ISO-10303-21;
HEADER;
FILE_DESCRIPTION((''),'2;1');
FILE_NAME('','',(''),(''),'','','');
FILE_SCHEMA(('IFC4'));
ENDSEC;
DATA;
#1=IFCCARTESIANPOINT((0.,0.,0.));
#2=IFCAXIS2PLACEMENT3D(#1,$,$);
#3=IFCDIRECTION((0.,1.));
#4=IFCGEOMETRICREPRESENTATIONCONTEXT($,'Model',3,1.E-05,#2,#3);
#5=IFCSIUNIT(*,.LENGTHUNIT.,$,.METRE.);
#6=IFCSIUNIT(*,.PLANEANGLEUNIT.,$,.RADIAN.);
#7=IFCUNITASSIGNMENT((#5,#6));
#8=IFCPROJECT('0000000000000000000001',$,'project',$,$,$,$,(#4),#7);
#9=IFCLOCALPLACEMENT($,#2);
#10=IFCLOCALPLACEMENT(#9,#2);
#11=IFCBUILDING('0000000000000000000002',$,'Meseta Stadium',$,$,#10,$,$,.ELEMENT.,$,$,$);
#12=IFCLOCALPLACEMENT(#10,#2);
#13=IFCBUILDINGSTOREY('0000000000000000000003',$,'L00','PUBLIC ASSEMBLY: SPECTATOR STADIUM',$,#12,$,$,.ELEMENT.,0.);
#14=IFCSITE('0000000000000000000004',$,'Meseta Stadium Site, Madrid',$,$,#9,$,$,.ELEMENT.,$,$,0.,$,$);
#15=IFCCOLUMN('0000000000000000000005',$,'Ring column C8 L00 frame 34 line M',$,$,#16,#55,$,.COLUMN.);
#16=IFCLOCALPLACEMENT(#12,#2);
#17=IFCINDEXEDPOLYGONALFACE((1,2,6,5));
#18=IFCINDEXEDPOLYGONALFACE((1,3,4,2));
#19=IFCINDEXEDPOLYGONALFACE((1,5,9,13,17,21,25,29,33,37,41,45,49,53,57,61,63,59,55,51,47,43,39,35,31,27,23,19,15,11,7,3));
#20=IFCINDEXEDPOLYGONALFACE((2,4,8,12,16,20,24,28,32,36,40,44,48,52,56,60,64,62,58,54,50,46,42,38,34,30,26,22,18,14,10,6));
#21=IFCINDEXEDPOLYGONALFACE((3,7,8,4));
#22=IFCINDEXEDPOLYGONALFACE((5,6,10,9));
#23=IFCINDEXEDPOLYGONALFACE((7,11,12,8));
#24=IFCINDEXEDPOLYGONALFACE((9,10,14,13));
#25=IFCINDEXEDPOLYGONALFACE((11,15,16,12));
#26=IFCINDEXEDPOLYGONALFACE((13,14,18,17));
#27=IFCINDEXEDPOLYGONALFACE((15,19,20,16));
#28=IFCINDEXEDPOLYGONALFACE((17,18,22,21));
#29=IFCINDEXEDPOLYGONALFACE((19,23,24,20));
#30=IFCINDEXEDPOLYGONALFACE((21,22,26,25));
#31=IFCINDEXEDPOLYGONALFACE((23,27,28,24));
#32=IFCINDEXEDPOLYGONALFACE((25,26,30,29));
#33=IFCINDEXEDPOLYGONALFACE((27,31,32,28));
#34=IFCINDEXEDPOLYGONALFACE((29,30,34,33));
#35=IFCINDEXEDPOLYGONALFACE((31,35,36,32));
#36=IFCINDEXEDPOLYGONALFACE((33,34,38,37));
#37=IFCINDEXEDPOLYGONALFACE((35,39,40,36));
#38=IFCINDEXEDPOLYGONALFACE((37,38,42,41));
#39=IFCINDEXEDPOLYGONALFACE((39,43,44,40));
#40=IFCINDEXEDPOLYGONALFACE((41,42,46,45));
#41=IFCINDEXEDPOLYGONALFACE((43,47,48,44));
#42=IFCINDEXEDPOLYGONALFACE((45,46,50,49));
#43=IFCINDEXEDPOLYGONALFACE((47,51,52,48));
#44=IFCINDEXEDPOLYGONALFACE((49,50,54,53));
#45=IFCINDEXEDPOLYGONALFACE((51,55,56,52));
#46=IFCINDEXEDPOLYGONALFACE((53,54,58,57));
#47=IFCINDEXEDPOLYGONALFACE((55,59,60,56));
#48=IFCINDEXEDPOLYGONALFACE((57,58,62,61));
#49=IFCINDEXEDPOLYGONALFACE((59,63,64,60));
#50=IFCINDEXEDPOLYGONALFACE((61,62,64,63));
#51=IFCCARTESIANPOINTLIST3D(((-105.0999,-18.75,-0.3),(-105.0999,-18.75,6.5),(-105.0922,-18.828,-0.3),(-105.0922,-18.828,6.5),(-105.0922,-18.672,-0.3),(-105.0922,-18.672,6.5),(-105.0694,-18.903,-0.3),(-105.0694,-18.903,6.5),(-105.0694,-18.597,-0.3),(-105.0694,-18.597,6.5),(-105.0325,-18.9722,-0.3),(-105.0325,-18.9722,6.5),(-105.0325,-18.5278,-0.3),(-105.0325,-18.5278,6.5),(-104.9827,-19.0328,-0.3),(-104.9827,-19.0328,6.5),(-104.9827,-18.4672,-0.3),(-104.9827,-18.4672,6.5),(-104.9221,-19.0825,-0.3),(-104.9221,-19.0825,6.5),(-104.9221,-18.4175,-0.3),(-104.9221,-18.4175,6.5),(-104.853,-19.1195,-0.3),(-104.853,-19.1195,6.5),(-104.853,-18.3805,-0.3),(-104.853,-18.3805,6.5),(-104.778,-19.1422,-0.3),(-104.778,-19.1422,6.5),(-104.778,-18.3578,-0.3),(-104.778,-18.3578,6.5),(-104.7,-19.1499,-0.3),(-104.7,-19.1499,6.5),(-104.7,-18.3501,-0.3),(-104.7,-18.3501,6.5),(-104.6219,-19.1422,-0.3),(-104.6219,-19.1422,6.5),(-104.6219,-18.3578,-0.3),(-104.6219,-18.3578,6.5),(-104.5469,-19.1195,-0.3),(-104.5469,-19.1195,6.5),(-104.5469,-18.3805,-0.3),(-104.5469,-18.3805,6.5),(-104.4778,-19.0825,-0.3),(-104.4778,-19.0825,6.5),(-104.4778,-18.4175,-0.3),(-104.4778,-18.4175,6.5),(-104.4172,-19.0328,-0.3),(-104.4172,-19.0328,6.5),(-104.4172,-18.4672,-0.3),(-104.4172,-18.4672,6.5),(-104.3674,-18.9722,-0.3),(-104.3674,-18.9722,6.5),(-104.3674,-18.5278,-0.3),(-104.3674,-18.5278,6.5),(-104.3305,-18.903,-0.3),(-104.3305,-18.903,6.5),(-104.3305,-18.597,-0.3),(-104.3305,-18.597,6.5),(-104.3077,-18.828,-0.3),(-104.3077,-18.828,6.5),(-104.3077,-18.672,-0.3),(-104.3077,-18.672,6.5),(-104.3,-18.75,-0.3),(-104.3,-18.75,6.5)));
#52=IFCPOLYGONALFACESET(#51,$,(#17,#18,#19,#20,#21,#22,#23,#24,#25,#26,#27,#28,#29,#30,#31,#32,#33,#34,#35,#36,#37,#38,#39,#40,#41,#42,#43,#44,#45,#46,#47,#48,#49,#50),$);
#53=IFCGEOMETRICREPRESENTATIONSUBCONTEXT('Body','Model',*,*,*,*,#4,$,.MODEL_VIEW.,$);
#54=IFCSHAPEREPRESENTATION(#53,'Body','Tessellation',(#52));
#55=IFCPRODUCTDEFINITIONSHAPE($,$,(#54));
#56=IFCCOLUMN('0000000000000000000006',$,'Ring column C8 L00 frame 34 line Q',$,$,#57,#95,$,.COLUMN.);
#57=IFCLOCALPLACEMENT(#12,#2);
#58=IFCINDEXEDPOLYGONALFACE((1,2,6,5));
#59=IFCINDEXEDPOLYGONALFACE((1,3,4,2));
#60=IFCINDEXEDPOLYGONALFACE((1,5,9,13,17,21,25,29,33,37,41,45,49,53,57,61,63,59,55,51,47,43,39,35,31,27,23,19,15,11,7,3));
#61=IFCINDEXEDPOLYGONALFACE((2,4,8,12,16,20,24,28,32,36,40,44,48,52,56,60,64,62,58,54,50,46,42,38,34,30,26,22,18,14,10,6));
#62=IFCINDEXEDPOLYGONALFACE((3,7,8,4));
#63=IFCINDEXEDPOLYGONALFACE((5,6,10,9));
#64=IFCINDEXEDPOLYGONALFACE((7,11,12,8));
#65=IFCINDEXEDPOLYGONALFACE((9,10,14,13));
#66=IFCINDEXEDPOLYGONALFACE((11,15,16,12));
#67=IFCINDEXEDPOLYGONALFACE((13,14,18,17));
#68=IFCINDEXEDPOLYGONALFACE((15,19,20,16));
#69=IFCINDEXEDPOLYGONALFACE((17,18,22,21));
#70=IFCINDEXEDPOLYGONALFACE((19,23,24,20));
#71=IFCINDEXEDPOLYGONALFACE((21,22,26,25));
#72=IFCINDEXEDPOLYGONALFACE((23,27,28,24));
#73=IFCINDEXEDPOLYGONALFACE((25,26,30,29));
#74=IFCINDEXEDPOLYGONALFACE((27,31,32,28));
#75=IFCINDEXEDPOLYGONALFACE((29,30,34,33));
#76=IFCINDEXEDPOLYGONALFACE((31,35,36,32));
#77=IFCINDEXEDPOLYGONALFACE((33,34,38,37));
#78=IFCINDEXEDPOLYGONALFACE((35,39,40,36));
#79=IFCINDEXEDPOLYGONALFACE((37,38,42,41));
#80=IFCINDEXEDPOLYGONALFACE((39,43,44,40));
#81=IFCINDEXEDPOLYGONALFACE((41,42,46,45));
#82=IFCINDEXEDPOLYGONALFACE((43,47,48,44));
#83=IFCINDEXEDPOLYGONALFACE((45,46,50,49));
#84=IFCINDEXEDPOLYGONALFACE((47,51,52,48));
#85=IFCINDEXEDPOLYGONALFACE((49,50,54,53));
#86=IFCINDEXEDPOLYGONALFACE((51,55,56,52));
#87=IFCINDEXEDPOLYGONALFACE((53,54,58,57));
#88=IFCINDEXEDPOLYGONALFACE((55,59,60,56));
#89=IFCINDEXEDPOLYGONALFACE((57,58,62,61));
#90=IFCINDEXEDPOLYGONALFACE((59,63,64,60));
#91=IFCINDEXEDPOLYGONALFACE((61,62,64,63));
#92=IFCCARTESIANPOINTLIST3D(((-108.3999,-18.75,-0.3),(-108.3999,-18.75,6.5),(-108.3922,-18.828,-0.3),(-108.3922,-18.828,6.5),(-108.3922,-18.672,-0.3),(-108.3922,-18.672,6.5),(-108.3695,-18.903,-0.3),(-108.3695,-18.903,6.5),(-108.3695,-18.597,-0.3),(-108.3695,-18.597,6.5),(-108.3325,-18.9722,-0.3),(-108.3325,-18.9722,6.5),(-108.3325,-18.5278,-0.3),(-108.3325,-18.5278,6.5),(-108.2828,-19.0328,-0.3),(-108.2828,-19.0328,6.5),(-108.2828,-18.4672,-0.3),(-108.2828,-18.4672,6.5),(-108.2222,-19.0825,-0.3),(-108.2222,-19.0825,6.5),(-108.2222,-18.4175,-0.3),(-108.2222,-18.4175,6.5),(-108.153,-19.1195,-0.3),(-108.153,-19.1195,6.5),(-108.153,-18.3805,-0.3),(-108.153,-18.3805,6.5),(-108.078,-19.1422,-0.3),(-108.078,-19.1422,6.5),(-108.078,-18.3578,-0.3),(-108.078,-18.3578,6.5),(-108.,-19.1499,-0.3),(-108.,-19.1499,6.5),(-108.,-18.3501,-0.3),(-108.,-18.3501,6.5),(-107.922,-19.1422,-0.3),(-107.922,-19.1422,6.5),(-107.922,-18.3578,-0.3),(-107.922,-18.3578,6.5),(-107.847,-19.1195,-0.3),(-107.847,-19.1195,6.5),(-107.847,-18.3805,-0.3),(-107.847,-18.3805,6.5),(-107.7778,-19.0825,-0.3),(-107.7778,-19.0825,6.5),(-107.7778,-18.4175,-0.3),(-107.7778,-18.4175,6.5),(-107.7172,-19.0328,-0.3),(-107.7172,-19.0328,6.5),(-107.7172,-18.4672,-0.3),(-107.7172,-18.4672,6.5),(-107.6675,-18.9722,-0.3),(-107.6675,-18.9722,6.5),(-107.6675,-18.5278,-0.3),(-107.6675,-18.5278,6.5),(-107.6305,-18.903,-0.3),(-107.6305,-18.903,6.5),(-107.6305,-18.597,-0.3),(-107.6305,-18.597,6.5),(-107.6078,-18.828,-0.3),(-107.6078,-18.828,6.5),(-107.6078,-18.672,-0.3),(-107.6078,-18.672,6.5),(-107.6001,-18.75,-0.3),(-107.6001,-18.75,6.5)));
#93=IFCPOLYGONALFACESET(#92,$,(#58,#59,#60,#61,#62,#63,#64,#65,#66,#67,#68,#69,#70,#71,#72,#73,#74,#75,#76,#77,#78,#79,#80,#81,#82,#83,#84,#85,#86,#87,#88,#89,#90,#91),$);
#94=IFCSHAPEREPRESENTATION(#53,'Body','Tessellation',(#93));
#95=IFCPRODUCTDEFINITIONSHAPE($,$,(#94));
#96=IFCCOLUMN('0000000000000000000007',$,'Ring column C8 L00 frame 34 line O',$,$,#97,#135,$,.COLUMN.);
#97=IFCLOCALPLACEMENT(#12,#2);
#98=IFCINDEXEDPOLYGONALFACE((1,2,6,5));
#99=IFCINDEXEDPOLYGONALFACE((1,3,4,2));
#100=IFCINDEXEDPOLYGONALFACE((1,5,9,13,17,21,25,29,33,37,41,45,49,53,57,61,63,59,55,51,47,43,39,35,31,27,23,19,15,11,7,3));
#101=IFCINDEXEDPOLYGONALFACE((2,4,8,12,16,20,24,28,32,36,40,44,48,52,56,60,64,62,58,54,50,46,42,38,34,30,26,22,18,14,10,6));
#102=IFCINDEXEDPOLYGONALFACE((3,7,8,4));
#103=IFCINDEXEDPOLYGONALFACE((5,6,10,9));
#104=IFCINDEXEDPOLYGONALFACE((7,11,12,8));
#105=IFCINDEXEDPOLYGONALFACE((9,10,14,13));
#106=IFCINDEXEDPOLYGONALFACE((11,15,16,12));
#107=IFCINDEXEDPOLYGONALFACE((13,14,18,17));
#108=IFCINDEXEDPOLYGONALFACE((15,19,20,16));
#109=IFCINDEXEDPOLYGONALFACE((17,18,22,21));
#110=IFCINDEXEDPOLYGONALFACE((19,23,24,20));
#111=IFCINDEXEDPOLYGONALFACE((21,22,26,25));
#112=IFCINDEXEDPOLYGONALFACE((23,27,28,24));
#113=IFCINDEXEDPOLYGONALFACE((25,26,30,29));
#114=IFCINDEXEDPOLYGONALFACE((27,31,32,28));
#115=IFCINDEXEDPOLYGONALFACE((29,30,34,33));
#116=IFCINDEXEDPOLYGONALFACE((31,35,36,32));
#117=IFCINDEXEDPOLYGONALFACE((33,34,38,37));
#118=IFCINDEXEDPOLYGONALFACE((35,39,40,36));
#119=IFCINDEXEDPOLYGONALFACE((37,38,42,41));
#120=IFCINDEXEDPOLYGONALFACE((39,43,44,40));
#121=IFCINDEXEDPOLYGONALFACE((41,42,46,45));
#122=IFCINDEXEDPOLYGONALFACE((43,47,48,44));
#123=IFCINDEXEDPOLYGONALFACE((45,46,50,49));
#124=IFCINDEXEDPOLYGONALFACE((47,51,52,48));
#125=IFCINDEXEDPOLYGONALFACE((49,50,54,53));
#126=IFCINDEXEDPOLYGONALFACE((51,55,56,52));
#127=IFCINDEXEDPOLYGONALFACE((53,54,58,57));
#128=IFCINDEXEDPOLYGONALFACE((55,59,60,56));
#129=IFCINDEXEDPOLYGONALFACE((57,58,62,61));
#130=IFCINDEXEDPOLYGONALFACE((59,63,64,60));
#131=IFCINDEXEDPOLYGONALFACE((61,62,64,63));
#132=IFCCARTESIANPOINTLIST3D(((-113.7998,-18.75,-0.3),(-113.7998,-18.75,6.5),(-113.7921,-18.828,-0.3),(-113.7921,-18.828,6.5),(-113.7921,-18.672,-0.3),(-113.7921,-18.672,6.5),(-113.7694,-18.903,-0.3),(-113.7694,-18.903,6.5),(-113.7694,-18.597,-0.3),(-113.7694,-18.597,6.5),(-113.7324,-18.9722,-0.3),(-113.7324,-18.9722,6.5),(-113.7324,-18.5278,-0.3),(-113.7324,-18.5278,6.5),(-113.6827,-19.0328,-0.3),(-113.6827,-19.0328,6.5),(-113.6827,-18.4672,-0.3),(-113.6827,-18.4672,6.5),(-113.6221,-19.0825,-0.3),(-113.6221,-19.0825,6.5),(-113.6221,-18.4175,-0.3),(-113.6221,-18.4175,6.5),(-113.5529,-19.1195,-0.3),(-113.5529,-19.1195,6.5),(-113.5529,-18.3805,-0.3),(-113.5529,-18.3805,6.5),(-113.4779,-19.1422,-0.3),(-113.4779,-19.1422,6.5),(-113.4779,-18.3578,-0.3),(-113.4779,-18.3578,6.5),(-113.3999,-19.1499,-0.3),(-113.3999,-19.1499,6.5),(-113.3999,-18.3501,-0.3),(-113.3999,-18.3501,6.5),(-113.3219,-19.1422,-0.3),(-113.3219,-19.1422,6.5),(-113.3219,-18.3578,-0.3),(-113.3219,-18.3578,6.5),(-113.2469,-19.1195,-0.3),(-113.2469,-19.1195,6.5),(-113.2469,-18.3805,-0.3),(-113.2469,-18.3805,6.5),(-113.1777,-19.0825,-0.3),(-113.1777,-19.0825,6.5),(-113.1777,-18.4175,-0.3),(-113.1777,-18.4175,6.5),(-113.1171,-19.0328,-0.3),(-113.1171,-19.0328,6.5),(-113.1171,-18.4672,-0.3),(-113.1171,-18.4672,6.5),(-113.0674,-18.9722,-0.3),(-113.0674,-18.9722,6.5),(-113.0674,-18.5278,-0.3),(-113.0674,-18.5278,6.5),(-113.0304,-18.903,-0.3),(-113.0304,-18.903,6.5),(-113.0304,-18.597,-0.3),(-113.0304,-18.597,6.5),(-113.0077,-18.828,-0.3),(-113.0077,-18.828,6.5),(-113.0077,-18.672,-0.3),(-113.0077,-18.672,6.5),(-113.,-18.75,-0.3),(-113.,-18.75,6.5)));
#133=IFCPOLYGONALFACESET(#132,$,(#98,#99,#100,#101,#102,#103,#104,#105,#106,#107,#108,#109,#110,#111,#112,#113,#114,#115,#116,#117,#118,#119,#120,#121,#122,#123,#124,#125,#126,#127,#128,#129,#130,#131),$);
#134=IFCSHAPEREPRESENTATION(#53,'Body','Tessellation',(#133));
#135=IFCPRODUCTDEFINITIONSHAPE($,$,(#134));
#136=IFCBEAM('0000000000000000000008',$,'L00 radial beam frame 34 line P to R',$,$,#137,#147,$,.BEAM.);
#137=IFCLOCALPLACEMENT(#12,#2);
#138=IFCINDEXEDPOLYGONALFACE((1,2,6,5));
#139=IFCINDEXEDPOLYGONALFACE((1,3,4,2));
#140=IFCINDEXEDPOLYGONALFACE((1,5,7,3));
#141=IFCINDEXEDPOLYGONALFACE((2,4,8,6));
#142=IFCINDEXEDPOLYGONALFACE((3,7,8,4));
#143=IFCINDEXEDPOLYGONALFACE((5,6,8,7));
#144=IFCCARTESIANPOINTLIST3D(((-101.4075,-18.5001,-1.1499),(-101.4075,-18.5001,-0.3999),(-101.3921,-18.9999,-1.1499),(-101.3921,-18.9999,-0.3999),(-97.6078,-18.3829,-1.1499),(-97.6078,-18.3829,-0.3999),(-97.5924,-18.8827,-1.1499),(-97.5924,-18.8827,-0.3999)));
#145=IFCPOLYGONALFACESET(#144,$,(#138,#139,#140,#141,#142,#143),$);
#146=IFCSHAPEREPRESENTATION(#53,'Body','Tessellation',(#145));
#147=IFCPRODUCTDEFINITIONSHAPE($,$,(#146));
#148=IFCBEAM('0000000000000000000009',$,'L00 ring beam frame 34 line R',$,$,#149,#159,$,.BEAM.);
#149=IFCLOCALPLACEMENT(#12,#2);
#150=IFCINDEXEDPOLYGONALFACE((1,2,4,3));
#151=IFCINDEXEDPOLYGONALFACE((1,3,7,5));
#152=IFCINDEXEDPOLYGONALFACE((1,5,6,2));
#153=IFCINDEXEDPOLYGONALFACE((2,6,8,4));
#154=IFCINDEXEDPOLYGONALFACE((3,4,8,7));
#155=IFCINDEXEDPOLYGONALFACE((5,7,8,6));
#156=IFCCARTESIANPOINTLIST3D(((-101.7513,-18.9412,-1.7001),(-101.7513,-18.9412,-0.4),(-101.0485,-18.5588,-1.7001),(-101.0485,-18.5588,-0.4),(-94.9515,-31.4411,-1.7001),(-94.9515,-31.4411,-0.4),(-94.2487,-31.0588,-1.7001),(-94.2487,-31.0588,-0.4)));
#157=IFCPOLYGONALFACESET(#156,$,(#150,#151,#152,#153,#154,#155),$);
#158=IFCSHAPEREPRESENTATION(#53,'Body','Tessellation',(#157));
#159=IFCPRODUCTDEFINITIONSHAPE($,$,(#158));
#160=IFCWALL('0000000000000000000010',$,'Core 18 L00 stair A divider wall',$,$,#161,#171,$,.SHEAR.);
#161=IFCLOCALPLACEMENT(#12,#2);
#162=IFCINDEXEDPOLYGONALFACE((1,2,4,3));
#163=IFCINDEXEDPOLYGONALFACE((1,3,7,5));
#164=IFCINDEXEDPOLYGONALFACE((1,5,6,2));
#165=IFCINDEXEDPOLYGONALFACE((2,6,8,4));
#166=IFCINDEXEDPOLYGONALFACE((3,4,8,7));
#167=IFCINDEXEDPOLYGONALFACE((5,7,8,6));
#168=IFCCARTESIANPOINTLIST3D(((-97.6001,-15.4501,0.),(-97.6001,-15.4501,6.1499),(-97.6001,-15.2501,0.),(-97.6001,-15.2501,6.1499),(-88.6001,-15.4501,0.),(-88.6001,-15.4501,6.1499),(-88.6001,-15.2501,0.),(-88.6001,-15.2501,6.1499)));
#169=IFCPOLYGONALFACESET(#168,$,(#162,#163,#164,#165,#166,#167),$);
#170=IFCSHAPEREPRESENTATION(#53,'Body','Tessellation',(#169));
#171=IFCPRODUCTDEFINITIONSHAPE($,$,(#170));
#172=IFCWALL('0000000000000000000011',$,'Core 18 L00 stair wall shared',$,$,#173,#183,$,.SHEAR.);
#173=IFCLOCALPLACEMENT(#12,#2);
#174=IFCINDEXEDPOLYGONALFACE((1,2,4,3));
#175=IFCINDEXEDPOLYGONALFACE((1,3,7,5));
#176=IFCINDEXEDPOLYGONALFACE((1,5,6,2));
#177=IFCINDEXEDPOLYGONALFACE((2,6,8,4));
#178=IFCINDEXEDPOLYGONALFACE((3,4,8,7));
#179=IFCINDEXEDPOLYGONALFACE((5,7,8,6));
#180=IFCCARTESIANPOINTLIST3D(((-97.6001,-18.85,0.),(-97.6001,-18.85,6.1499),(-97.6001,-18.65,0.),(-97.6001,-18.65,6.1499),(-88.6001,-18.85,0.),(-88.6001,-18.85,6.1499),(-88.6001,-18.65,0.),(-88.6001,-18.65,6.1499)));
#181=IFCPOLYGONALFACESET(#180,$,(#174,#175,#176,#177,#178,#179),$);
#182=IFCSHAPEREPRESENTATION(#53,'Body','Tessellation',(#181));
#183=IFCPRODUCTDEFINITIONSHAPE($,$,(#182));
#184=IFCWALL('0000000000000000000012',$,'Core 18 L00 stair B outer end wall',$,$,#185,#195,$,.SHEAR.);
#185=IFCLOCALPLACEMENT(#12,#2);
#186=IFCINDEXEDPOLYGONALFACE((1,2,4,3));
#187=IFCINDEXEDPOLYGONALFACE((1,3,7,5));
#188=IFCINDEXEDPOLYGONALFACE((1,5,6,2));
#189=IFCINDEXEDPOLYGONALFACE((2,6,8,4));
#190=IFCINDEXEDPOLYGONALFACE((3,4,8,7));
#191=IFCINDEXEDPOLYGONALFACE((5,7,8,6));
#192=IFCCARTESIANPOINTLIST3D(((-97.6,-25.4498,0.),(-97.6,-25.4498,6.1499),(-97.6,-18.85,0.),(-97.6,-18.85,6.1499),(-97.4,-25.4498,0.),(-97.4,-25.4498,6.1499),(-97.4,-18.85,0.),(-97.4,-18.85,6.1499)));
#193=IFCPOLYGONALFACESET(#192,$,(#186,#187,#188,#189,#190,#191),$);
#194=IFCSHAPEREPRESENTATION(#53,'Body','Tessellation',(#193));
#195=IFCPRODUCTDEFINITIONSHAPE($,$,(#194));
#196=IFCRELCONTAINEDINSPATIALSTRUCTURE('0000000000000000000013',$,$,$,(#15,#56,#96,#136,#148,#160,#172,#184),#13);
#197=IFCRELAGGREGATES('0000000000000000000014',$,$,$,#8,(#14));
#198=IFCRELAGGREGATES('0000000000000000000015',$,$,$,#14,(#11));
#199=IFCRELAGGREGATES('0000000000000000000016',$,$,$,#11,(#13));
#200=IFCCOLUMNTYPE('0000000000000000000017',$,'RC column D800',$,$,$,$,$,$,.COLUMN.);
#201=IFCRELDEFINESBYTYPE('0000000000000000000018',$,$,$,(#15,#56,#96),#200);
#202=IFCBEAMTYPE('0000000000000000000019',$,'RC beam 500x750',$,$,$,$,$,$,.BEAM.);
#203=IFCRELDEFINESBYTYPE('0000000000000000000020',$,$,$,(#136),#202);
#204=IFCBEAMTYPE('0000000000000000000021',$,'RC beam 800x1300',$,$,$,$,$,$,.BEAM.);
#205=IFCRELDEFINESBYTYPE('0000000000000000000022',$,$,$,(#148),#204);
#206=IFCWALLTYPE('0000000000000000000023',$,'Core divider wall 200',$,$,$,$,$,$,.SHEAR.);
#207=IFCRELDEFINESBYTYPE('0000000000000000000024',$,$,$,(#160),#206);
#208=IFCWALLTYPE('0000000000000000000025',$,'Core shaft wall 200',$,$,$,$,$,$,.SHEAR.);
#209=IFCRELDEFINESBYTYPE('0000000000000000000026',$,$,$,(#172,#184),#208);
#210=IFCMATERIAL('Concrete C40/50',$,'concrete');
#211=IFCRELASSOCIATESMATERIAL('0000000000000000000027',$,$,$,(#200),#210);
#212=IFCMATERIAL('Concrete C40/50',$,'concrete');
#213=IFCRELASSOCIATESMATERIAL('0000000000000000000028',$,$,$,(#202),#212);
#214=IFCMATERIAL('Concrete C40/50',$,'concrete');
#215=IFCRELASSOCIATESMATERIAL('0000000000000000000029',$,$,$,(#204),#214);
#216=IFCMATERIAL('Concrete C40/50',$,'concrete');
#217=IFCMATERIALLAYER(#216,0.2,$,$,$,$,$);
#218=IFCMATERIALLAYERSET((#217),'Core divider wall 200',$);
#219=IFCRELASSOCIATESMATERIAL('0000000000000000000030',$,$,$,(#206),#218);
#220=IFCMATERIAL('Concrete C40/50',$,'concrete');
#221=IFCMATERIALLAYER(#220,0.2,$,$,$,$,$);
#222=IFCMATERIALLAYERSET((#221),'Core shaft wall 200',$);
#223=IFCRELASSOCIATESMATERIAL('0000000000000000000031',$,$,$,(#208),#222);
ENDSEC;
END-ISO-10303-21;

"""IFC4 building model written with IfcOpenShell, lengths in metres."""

from ifc_helpers import new_model, si_unit, direction, frame, frame_2d, origin, origin_2d, place, context, subcontext, project, spatial, rectangle, circle, extrude, material, layer, layer_set, material_profile, profile_set, type_object, element, save


model = new_model("IFC4")

# Units and contexts
model_context = context("Model", 3, precision=1e-05, world=origin(), true_north=direction((0.0, 1.0)))
body_context = subcontext(model_context, "Body", "Model", "MODEL_VIEW")
ifc_project = project(units=[si_unit("LENGTHUNIT", "METRE"), si_unit("PLANEANGLEUNIT", "RADIAN")], contexts=[model_context])

# Site, building, storey
site_placement = place(None, origin())
site = spatial("IfcSite", under=ifc_project, at=site_placement, Name="Meseta Stadium Site, Madrid", CompositionType="ELEMENT", RefElevation=0.0)
building_placement = place(site_placement, origin())
building = spatial("IfcBuilding", under=site, at=building_placement, Name="Meseta Stadium", CompositionType="ELEMENT")
storey_placement = place(building_placement, origin())
storey = spatial("IfcBuildingStorey", under=building, at=storey_placement, Name="L00", Description="PUBLIC ASSEMBLY: SPECTATOR STADIUM", CompositionType="ELEMENT", Elevation=0.0)

# Columns
ifc_material_1 = material(Name="Concrete C40/50", Category="concrete")
ifc_material_profile_1 = material_profile(ifc_material_1, circle(Radius=0.3999, at=origin_2d()), Name="RC D800")
ifc_profile_set_1 = profile_set([ifc_material_profile_1], Name="Concrete C40/50")
column_type_1 = type_object("IfcColumnType", Name="RC column D800", PredefinedType="COLUMN", material=ifc_profile_set_1)
for number, where, z_axis, x_axis, name in (
    (1, (-104.7, -18.75, -0.3), (0.0, 0.0, 1.0), (1.0, 0.0, 0.0), "Ring column C8 L00 frame 34 line M"),
    (2, (-108.0, -18.75, -0.3), (0.0, 0.0, 1.0), (1.0, 0.0, 0.0), "Ring column C8 L00 frame 34 line Q"),
    (3, (-113.3999, -18.75, -0.3), (0.0, 0.0, 1.0), (1.0, 0.0, 0.0), "Ring column C8 L00 frame 34 line O"),
):
    element("IfcColumn", number, at=place(storey_placement, frame(where, z_axis=z_axis, x_axis=x_axis)), inside=storey, type_object=column_type_1, Name=name, PredefinedType="COLUMN", context=body_context, shape_type="SweptSolid", body=[
        extrude(circle(Radius=0.3999, at=origin_2d()), origin(), (0.0, 0.0, 1.0), 6.8),
    ])

# Beams
ifc_material_2 = material(Name="Concrete C40/50", Category="concrete")
ifc_material_profile_2 = material_profile(ifc_material_2, rectangle(XDim=0.5, YDim=0.75, at=origin_2d()), Name="RC 500x750")
ifc_profile_set_2 = profile_set([ifc_material_profile_2], Name="Concrete C40/50")
beam_type_1 = type_object("IfcBeamType", Name="RC beam 500x750", PredefinedType="BEAM", material=ifc_profile_set_2)
beam_1_placement = place(storey_placement, frame((-97.6001, -18.6328, -0.7749), z_axis=(-0.999525, -0.030826, 0.0), x_axis=(0.030826, -0.999525, 0.0)))
element("IfcBeam", 4, at=beam_1_placement, inside=storey, type_object=beam_type_1, Name="L00 radial beam frame 34 line P to R", PredefinedType="BEAM", context=body_context, shape_type="SweptSolid", body=[
    extrude(rectangle(XDim=0.5, YDim=0.75, at=origin_2d()), origin(), (0.0, 0.0, 1.0), 3.8015),
])
ifc_material_3 = material(Name="Concrete C40/50", Category="concrete")
ifc_material_profile_3 = material_profile(ifc_material_3, rectangle(XDim=0.8, YDim=1.3, at=origin_2d()), Name="RC 800x1300")
ifc_profile_set_3 = profile_set([ifc_material_profile_3], Name="Concrete C40/50")
beam_type_2 = type_object("IfcBeamType", Name="RC beam 800x1300", PredefinedType="BEAM", material=ifc_profile_set_3)
beam_2_placement = place(storey_placement, frame((-101.3999, -18.75, -1.05), z_axis=(0.477856, -0.878438, 0.0), x_axis=(0.878438, 0.477856, 0.0)))
element("IfcBeam", 5, at=beam_2_placement, inside=storey, type_object=beam_type_2, Name="L00 ring beam frame 34 line R", PredefinedType="BEAM", context=body_context, shape_type="SweptSolid", body=[
    extrude(rectangle(XDim=0.8, YDim=1.3, at=origin_2d()), origin(), (0.0, 0.0, 1.0), 14.2297),
])

# Walls
ifc_material_4 = material(Name="Concrete C40/50", Category="concrete")
ifc_layer_1 = layer(ifc_material_4, 0.2)
ifc_layer_set_1 = layer_set([ifc_layer_1], Name="Core divider wall 200")
wall_type_1 = type_object("IfcWallType", Name="Core divider wall 200", PredefinedType="SHEAR", material=ifc_layer_set_1)
wall_1_placement = place(storey_placement, frame((-97.6001, -15.3501, 0.0), z_axis=(0.0, 0.0, 1.0), x_axis=(1.0, 0.0, 0.0)))
element("IfcWall", 6, at=wall_1_placement, inside=storey, type_object=wall_type_1, Name="Core 18 L00 stair A divider wall", PredefinedType="SHEAR", context=body_context, shape_type="SweptSolid", body=[
    extrude(rectangle(XDim=9.0, YDim=0.2, at=frame_2d((4.5, 0.0))), origin(), (0.0, 0.0, 1.0), 6.1499),
])
ifc_material_5 = material(Name="Concrete C40/50", Category="concrete")
ifc_layer_2 = layer(ifc_material_5, 0.2)
ifc_layer_set_2 = layer_set([ifc_layer_2], Name="Core shaft wall 200")
wall_type_2 = type_object("IfcWallType", Name="Core shaft wall 200", PredefinedType="SHEAR", material=ifc_layer_set_2)
wall_2_placement = place(storey_placement, frame((-97.6001, -18.75, 0.0), z_axis=(0.0, 0.0, 1.0), x_axis=(1.0, 0.0, 0.0)))
element("IfcWall", 7, at=wall_2_placement, inside=storey, type_object=wall_type_2, Name="Core 18 L00 stair wall shared", PredefinedType="SHEAR", context=body_context, shape_type="SweptSolid", body=[
    extrude(rectangle(XDim=9.0, YDim=0.2, at=frame_2d((4.5, 0.0))), origin(), (0.0, 0.0, 1.0), 6.1499),
])
wall_3_placement = place(storey_placement, frame((-97.5, -18.8501, 0.0), z_axis=(0.0, 0.0, 1.0), x_axis=(0.0, -1.0, 0.0)))
element("IfcWall", 8, at=wall_3_placement, inside=storey, type_object=wall_type_2, Name="Core 18 L00 stair B outer end wall", PredefinedType="SHEAR", context=body_context, shape_type="SweptSolid", body=[
    extrude(rectangle(XDim=6.5999, YDim=0.2, at=frame_2d((3.2998, 0.0))), origin(), (0.0, 0.0, 1.0), 6.1499),
])

save(model, "model.ifc")
